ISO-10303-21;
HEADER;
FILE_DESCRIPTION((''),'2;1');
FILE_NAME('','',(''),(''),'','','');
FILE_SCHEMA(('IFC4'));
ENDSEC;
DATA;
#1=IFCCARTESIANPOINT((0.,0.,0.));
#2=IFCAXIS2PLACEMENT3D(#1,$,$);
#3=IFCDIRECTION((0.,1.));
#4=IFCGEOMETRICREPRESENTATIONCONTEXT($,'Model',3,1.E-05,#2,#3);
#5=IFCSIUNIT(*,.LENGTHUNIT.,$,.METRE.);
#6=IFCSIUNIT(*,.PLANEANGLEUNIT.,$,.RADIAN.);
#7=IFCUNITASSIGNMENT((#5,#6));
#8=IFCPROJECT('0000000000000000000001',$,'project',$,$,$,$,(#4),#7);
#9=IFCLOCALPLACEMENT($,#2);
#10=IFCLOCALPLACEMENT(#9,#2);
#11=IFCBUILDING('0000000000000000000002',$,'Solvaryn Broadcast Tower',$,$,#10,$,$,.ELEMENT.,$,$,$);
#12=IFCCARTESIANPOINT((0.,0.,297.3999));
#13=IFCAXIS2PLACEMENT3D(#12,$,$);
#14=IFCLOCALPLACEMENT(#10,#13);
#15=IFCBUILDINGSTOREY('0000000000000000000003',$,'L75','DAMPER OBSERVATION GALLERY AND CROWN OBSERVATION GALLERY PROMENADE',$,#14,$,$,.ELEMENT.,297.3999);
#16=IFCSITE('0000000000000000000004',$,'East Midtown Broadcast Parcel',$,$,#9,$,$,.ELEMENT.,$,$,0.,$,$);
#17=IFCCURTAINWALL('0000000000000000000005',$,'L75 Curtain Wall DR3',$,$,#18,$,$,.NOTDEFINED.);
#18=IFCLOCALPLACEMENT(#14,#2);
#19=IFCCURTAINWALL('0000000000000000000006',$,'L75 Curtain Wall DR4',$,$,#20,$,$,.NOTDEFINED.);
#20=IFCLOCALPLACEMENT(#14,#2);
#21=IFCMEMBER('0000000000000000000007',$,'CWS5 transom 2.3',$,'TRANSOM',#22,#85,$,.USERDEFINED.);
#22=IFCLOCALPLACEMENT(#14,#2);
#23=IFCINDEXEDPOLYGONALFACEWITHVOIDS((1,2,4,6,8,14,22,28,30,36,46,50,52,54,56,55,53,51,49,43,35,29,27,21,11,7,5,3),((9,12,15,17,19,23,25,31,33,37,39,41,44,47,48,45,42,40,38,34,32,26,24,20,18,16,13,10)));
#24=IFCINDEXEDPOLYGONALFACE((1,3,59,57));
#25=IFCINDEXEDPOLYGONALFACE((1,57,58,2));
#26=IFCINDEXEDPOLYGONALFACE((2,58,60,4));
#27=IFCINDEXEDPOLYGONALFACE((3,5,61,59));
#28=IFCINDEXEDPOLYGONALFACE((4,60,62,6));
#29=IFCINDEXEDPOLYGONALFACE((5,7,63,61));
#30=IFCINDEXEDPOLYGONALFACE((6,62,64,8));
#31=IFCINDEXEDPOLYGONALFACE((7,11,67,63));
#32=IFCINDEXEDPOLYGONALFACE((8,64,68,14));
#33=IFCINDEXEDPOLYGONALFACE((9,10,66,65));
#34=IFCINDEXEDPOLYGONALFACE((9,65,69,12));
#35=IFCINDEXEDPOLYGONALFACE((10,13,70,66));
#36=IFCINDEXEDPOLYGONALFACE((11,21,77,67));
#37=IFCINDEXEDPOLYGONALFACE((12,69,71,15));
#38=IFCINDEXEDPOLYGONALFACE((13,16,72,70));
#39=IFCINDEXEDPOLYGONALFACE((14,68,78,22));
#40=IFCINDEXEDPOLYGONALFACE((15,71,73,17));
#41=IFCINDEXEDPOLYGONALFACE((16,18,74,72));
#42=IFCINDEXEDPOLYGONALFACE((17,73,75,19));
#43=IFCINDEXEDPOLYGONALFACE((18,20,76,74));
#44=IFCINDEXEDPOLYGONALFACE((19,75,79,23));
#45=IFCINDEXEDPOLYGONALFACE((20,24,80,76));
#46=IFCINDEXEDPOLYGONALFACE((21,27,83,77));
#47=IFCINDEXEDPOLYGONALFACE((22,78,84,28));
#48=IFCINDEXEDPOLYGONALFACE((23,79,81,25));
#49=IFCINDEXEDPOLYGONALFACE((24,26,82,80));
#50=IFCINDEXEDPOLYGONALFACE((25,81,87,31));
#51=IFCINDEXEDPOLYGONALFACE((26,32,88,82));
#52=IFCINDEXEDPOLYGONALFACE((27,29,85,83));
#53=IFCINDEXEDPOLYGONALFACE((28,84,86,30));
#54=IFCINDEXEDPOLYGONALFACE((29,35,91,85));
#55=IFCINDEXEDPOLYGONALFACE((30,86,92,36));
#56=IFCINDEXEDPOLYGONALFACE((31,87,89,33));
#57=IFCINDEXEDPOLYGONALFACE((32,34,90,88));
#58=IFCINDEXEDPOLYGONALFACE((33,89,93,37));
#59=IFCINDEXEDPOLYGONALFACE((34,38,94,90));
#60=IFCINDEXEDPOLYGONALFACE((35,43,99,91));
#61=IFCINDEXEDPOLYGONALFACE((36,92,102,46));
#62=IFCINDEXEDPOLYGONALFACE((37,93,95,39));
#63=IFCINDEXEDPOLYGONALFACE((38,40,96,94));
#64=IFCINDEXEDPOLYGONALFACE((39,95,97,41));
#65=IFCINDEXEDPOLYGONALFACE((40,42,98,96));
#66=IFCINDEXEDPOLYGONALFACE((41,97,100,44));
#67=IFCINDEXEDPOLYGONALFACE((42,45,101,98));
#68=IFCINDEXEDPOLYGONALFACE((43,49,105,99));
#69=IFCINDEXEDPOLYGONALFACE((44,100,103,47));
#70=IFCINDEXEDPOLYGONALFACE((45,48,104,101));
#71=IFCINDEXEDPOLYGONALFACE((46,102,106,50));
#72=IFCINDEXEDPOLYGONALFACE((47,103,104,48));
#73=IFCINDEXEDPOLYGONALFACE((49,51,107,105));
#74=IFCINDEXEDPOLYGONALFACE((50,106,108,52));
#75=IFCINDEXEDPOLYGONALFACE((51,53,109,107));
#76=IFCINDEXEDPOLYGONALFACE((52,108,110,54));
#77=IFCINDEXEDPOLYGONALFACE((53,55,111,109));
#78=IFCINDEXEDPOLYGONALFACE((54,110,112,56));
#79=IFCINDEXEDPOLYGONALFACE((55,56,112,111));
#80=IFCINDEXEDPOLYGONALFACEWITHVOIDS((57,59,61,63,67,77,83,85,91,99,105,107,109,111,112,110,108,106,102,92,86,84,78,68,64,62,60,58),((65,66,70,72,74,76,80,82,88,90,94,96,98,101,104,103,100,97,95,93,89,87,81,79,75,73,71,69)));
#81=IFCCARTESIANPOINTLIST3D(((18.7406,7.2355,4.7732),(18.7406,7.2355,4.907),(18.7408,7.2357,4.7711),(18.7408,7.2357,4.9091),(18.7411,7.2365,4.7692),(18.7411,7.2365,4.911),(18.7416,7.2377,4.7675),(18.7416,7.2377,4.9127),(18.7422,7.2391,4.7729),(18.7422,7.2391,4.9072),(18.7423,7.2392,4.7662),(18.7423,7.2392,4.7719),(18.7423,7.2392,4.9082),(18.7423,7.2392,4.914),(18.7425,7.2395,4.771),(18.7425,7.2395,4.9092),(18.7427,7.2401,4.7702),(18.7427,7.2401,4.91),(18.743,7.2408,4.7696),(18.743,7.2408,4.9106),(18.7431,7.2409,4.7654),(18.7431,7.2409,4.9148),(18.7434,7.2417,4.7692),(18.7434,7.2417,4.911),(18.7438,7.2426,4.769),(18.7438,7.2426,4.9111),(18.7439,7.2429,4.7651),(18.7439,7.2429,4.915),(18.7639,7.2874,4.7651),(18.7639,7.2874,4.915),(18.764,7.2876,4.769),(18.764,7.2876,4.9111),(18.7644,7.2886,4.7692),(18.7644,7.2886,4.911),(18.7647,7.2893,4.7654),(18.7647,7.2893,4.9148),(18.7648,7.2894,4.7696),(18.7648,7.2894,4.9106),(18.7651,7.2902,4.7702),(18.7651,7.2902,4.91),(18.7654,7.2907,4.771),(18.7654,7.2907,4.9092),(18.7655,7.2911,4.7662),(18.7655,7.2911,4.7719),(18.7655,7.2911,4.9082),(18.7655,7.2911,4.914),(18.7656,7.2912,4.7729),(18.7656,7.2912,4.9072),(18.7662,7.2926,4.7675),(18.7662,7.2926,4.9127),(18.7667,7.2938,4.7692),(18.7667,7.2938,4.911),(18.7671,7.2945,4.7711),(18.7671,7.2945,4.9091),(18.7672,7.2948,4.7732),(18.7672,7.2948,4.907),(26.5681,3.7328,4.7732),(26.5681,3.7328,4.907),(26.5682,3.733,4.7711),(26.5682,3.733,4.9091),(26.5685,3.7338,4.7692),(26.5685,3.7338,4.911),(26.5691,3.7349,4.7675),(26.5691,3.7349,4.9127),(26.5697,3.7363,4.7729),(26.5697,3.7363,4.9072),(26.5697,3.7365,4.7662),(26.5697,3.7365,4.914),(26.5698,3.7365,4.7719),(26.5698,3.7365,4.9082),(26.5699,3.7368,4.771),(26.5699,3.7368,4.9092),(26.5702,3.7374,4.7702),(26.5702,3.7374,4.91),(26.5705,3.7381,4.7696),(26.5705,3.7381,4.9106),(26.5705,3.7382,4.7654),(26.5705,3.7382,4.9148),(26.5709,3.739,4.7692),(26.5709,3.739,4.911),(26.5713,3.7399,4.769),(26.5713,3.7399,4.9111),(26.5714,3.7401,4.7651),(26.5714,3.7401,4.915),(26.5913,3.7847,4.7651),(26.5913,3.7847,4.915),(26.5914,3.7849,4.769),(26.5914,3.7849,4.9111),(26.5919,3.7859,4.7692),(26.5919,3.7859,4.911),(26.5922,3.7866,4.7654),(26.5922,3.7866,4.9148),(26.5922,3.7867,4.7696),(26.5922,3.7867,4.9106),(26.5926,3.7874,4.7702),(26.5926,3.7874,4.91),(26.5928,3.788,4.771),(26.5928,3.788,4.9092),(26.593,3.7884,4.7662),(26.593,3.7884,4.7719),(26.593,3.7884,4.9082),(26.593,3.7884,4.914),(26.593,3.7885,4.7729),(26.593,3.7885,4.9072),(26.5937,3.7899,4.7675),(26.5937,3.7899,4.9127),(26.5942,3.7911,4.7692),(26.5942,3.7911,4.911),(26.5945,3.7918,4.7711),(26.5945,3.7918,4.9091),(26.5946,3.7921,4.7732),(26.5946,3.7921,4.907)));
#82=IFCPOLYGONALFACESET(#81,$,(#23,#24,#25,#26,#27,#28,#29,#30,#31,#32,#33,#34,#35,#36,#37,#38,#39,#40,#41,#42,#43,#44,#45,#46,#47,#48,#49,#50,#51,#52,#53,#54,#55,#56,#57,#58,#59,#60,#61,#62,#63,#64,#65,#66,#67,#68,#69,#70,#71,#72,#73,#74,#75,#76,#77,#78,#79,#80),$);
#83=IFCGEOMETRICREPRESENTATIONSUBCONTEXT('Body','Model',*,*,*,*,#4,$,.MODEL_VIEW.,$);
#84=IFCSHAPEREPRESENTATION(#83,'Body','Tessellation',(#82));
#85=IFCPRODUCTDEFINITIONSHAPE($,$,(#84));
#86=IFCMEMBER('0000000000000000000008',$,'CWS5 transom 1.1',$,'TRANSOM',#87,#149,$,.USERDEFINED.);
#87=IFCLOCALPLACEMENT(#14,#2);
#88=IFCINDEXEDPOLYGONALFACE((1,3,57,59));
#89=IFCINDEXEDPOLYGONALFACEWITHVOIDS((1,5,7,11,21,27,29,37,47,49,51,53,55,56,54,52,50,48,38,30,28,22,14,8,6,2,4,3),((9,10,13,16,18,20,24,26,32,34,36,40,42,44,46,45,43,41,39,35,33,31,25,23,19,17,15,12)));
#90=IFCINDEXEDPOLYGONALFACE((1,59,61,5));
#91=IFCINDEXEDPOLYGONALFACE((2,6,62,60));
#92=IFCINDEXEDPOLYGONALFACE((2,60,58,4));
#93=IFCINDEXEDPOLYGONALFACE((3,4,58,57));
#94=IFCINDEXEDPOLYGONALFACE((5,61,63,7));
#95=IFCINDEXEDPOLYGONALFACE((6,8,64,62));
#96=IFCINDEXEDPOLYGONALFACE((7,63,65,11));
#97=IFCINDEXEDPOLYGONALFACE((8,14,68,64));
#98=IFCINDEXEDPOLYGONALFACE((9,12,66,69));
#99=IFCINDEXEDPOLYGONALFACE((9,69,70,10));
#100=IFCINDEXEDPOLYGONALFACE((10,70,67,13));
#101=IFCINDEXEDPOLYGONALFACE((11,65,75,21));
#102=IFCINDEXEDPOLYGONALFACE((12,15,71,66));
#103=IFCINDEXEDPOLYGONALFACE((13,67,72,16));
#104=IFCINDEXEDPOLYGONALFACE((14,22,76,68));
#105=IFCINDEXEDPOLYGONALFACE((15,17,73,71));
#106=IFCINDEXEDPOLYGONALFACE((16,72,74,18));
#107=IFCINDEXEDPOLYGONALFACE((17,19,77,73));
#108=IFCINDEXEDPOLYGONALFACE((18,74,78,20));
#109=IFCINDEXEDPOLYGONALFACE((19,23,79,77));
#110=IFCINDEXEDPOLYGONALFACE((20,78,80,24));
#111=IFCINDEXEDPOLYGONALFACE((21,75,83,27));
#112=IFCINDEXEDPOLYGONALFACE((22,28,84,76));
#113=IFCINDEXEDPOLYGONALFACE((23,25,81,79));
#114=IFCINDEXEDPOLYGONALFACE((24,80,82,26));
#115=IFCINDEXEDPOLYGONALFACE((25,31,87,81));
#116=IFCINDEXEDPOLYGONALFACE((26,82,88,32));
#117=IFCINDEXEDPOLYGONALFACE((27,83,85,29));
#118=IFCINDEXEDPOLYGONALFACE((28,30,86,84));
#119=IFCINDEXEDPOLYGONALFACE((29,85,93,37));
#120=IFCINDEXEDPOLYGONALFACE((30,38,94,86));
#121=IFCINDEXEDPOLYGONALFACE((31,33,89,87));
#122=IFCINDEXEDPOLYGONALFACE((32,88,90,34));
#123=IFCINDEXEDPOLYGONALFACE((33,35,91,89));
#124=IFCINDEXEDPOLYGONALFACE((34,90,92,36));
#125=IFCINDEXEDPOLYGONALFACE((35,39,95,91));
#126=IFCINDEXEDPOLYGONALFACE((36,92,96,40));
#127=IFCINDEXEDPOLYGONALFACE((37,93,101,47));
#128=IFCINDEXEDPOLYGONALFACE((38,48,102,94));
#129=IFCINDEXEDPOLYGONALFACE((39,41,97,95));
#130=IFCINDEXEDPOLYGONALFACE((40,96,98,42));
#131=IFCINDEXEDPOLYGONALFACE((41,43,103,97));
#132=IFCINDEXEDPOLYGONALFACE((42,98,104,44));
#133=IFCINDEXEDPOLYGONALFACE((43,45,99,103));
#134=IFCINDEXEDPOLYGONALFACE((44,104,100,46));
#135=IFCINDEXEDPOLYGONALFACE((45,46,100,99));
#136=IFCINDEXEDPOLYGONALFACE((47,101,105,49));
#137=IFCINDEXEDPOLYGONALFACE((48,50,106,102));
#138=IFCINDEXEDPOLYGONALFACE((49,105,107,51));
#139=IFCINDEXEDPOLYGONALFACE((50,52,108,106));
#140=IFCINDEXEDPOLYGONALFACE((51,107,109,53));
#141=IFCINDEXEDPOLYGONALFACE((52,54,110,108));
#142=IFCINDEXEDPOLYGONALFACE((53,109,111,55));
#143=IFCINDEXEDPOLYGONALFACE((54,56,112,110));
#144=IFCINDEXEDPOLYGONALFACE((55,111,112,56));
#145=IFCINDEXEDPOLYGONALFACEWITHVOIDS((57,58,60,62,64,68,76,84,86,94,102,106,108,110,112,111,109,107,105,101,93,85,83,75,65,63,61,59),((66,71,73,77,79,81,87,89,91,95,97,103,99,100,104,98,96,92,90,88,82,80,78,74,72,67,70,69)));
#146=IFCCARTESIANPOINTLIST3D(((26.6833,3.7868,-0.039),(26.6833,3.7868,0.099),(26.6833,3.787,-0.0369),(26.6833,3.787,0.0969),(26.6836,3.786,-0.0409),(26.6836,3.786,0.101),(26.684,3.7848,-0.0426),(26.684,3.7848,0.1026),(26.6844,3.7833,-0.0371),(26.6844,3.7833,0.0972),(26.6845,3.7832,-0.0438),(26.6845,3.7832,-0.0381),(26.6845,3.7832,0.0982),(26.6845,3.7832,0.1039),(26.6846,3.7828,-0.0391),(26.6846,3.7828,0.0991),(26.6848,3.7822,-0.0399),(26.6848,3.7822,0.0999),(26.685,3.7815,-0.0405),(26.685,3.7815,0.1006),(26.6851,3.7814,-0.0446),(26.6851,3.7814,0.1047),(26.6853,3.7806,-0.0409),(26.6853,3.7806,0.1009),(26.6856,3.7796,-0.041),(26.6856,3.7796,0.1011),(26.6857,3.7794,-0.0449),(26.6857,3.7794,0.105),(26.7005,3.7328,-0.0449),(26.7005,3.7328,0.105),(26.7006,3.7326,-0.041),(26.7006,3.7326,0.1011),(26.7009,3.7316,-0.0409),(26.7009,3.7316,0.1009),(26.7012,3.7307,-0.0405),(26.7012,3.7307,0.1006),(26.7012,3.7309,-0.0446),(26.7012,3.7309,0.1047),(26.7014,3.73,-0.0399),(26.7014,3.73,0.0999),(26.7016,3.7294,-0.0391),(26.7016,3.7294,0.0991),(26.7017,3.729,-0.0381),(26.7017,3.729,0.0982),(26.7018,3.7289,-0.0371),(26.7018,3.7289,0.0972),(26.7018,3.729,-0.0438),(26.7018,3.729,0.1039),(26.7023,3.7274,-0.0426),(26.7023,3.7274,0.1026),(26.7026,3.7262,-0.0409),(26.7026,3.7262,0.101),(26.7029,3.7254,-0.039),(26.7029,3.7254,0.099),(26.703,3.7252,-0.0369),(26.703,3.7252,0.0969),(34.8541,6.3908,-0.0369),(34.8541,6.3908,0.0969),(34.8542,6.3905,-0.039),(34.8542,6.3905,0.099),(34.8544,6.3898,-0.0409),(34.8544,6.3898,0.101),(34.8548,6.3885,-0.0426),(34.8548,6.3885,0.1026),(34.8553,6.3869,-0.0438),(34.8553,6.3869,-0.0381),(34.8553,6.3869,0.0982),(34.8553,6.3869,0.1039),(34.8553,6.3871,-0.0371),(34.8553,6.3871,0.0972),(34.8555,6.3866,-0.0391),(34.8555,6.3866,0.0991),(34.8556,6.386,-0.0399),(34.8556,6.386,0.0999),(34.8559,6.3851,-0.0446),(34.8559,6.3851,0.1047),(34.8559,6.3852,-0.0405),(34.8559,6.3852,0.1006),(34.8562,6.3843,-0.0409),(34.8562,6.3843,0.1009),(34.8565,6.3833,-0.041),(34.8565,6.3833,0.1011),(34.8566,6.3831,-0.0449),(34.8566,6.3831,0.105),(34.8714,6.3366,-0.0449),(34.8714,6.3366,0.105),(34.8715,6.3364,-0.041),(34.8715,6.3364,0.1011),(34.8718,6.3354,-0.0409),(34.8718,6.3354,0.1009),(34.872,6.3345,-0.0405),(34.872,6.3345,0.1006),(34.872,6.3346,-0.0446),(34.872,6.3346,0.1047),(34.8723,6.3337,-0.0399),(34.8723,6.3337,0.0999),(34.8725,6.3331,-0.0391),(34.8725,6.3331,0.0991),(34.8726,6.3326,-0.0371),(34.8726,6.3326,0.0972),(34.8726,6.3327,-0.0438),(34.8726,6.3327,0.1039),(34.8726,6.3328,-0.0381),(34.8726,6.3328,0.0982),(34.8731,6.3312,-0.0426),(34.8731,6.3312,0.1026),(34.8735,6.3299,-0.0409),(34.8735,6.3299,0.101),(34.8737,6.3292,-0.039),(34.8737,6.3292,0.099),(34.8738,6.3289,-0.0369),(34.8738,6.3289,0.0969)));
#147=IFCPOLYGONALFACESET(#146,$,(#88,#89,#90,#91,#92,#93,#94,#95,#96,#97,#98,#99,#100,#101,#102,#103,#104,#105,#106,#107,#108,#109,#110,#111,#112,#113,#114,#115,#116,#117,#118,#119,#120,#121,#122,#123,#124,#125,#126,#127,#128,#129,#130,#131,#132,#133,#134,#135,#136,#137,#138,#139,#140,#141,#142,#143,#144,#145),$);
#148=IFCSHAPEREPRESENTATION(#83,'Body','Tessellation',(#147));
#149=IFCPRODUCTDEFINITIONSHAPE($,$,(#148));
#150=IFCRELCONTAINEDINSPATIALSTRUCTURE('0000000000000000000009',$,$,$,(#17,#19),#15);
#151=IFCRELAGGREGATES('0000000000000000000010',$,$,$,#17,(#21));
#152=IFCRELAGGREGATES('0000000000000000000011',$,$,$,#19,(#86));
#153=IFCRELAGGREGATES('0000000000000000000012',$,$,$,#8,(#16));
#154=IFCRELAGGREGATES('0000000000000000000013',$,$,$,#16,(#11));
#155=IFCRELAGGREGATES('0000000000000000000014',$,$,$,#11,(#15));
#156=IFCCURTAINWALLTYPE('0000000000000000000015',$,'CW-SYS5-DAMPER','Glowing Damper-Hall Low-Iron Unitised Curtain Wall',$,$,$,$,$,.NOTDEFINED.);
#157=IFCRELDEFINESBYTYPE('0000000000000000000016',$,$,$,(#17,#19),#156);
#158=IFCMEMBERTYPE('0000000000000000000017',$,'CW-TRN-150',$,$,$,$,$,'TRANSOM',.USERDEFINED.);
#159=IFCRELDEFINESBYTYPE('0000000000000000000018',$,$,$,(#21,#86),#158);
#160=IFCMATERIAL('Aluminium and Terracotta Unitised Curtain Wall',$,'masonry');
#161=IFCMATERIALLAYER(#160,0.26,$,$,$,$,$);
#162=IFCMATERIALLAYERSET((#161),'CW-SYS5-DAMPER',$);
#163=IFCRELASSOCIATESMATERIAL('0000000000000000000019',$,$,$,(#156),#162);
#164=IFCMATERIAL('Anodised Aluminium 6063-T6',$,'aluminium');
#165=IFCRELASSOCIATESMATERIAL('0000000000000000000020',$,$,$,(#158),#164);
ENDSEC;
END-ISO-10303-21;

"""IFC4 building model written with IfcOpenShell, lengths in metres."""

from ifc_helpers import new_model, si_unit, direction, frame, origin, origin_2d, place, context, subcontext, project, spatial, hollow_rectangle, extrude, material, layer, layer_set, material_profile, profile_set, type_object, element, aggregate, save


model = new_model("IFC4")

# Units and contexts
model_context = context("Model", 3, precision=1e-05, world=origin(), true_north=direction((0.0, 1.0)))
body_context = subcontext(model_context, "Body", "Model", "MODEL_VIEW")
ifc_project = project(units=[si_unit("LENGTHUNIT", "METRE"), si_unit("PLANEANGLEUNIT", "RADIAN")], contexts=[model_context])

# Site, building, storey
site_placement = place(None, origin())
site = spatial("IfcSite", under=ifc_project, at=site_placement, Name="East Midtown Broadcast Parcel", CompositionType="ELEMENT", RefElevation=0.0)
building_placement = place(site_placement, origin())
building = spatial("IfcBuilding", under=site, at=building_placement, Name="Solvaryn Broadcast Tower", CompositionType="ELEMENT")
storey_placement = place(building_placement, frame((0.0, 0.0, 297.3999)))
storey = spatial("IfcBuildingStorey", under=building, at=storey_placement, Name="L75", Description="DAMPER OBSERVATION GALLERY AND CROWN OBSERVATION GALLERY PROMENADE", CompositionType="ELEMENT", Elevation=297.3999)

# Curtain walls
ifc_material_1 = material(Name="Aluminium and Terracotta Unitised Curtain Wall", Category="masonry")
ifc_layer_1 = layer(ifc_material_1, 0.26)
ifc_layer_set_1 = layer_set([ifc_layer_1], Name="CW-SYS5-DAMPER")
curtain_wall_type = type_object("IfcCurtainWallType", Name="CW-SYS5-DAMPER", Description="Glowing Damper-Hall Low-Iron Unitised Curtain Wall", PredefinedType="NOTDEFINED", material=ifc_layer_set_1)
curtain_wall_1_placement = place(storey_placement, origin())
curtain_wall_1 = element("IfcCurtainWall", 1, at=curtain_wall_1_placement, inside=storey, type_object=curtain_wall_type, Name="L75 Curtain Wall DR3", PredefinedType="NOTDEFINED")
curtain_wall_2_placement = place(storey_placement, origin())
curtain_wall_2 = element("IfcCurtainWall", 2, at=curtain_wall_2_placement, inside=storey, type_object=curtain_wall_type, Name="L75 Curtain Wall DR4", PredefinedType="NOTDEFINED")

# Members
ifc_material_2 = material(Name="Anodised Aluminium 6063-T6", Category="aluminium")
ifc_material_profile_1 = material_profile(ifc_material_2, hollow_rectangle(XDim=0.0649, YDim=0.1499, WallThickness=0.0039, InnerFilletRadius=0.0039, OuterFilletRadius=0.0081, at=origin_2d()))
ifc_profile_set_1 = profile_set([ifc_material_profile_1], Name="Anodised Aluminium 6063-T6")
member_type_1 = type_object("IfcMemberType", Name="CW-TRN-150", ElementType="TRANSOM", PredefinedType="USERDEFINED", material=ifc_profile_set_1)
member_1_placement = place(storey_placement, frame((18.7539, 7.2651, 4.8401), z_axis=(0.912777, -0.408459, 0.0), x_axis=(0.408459, 0.912777, 0.0)))
member_1 = element("IfcMember", 3, at=member_1_placement, type_object=member_type_1, Name="CWS5 transom 2.3", ObjectType="TRANSOM", PredefinedType="USERDEFINED", context=body_context, shape_type="SweptSolid", body=[
    extrude(hollow_rectangle(XDim=0.0649, YDim=0.1499, WallThickness=0.0039, InnerFilletRadius=0.0039, OuterFilletRadius=0.0081, at=origin_2d()), origin(), (0.0, 0.0, 1.0), 8.5754),
])
member_2_placement = place(storey_placement, frame((26.6931, 3.7561, 0.03), z_axis=(0.952793, 0.30362, 0.0), x_axis=(-0.30362, 0.952793, 0.0)))
member_2 = element("IfcMember", 4, at=member_2_placement, type_object=member_type_1, Name="CWS5 transom 1.1", ObjectType="TRANSOM", PredefinedType="USERDEFINED", context=body_context, shape_type="SweptSolid", body=[
    extrude(hollow_rectangle(XDim=0.0649, YDim=0.1499, WallThickness=0.0039, InnerFilletRadius=0.0039, OuterFilletRadius=0.0081, at=origin_2d()), origin(), (0.0, 0.0, 1.0), 8.5757),
])

aggregate(curtain_wall_1, [member_1])
aggregate(curtain_wall_2, [member_2])

save(model, "model.ifc")
